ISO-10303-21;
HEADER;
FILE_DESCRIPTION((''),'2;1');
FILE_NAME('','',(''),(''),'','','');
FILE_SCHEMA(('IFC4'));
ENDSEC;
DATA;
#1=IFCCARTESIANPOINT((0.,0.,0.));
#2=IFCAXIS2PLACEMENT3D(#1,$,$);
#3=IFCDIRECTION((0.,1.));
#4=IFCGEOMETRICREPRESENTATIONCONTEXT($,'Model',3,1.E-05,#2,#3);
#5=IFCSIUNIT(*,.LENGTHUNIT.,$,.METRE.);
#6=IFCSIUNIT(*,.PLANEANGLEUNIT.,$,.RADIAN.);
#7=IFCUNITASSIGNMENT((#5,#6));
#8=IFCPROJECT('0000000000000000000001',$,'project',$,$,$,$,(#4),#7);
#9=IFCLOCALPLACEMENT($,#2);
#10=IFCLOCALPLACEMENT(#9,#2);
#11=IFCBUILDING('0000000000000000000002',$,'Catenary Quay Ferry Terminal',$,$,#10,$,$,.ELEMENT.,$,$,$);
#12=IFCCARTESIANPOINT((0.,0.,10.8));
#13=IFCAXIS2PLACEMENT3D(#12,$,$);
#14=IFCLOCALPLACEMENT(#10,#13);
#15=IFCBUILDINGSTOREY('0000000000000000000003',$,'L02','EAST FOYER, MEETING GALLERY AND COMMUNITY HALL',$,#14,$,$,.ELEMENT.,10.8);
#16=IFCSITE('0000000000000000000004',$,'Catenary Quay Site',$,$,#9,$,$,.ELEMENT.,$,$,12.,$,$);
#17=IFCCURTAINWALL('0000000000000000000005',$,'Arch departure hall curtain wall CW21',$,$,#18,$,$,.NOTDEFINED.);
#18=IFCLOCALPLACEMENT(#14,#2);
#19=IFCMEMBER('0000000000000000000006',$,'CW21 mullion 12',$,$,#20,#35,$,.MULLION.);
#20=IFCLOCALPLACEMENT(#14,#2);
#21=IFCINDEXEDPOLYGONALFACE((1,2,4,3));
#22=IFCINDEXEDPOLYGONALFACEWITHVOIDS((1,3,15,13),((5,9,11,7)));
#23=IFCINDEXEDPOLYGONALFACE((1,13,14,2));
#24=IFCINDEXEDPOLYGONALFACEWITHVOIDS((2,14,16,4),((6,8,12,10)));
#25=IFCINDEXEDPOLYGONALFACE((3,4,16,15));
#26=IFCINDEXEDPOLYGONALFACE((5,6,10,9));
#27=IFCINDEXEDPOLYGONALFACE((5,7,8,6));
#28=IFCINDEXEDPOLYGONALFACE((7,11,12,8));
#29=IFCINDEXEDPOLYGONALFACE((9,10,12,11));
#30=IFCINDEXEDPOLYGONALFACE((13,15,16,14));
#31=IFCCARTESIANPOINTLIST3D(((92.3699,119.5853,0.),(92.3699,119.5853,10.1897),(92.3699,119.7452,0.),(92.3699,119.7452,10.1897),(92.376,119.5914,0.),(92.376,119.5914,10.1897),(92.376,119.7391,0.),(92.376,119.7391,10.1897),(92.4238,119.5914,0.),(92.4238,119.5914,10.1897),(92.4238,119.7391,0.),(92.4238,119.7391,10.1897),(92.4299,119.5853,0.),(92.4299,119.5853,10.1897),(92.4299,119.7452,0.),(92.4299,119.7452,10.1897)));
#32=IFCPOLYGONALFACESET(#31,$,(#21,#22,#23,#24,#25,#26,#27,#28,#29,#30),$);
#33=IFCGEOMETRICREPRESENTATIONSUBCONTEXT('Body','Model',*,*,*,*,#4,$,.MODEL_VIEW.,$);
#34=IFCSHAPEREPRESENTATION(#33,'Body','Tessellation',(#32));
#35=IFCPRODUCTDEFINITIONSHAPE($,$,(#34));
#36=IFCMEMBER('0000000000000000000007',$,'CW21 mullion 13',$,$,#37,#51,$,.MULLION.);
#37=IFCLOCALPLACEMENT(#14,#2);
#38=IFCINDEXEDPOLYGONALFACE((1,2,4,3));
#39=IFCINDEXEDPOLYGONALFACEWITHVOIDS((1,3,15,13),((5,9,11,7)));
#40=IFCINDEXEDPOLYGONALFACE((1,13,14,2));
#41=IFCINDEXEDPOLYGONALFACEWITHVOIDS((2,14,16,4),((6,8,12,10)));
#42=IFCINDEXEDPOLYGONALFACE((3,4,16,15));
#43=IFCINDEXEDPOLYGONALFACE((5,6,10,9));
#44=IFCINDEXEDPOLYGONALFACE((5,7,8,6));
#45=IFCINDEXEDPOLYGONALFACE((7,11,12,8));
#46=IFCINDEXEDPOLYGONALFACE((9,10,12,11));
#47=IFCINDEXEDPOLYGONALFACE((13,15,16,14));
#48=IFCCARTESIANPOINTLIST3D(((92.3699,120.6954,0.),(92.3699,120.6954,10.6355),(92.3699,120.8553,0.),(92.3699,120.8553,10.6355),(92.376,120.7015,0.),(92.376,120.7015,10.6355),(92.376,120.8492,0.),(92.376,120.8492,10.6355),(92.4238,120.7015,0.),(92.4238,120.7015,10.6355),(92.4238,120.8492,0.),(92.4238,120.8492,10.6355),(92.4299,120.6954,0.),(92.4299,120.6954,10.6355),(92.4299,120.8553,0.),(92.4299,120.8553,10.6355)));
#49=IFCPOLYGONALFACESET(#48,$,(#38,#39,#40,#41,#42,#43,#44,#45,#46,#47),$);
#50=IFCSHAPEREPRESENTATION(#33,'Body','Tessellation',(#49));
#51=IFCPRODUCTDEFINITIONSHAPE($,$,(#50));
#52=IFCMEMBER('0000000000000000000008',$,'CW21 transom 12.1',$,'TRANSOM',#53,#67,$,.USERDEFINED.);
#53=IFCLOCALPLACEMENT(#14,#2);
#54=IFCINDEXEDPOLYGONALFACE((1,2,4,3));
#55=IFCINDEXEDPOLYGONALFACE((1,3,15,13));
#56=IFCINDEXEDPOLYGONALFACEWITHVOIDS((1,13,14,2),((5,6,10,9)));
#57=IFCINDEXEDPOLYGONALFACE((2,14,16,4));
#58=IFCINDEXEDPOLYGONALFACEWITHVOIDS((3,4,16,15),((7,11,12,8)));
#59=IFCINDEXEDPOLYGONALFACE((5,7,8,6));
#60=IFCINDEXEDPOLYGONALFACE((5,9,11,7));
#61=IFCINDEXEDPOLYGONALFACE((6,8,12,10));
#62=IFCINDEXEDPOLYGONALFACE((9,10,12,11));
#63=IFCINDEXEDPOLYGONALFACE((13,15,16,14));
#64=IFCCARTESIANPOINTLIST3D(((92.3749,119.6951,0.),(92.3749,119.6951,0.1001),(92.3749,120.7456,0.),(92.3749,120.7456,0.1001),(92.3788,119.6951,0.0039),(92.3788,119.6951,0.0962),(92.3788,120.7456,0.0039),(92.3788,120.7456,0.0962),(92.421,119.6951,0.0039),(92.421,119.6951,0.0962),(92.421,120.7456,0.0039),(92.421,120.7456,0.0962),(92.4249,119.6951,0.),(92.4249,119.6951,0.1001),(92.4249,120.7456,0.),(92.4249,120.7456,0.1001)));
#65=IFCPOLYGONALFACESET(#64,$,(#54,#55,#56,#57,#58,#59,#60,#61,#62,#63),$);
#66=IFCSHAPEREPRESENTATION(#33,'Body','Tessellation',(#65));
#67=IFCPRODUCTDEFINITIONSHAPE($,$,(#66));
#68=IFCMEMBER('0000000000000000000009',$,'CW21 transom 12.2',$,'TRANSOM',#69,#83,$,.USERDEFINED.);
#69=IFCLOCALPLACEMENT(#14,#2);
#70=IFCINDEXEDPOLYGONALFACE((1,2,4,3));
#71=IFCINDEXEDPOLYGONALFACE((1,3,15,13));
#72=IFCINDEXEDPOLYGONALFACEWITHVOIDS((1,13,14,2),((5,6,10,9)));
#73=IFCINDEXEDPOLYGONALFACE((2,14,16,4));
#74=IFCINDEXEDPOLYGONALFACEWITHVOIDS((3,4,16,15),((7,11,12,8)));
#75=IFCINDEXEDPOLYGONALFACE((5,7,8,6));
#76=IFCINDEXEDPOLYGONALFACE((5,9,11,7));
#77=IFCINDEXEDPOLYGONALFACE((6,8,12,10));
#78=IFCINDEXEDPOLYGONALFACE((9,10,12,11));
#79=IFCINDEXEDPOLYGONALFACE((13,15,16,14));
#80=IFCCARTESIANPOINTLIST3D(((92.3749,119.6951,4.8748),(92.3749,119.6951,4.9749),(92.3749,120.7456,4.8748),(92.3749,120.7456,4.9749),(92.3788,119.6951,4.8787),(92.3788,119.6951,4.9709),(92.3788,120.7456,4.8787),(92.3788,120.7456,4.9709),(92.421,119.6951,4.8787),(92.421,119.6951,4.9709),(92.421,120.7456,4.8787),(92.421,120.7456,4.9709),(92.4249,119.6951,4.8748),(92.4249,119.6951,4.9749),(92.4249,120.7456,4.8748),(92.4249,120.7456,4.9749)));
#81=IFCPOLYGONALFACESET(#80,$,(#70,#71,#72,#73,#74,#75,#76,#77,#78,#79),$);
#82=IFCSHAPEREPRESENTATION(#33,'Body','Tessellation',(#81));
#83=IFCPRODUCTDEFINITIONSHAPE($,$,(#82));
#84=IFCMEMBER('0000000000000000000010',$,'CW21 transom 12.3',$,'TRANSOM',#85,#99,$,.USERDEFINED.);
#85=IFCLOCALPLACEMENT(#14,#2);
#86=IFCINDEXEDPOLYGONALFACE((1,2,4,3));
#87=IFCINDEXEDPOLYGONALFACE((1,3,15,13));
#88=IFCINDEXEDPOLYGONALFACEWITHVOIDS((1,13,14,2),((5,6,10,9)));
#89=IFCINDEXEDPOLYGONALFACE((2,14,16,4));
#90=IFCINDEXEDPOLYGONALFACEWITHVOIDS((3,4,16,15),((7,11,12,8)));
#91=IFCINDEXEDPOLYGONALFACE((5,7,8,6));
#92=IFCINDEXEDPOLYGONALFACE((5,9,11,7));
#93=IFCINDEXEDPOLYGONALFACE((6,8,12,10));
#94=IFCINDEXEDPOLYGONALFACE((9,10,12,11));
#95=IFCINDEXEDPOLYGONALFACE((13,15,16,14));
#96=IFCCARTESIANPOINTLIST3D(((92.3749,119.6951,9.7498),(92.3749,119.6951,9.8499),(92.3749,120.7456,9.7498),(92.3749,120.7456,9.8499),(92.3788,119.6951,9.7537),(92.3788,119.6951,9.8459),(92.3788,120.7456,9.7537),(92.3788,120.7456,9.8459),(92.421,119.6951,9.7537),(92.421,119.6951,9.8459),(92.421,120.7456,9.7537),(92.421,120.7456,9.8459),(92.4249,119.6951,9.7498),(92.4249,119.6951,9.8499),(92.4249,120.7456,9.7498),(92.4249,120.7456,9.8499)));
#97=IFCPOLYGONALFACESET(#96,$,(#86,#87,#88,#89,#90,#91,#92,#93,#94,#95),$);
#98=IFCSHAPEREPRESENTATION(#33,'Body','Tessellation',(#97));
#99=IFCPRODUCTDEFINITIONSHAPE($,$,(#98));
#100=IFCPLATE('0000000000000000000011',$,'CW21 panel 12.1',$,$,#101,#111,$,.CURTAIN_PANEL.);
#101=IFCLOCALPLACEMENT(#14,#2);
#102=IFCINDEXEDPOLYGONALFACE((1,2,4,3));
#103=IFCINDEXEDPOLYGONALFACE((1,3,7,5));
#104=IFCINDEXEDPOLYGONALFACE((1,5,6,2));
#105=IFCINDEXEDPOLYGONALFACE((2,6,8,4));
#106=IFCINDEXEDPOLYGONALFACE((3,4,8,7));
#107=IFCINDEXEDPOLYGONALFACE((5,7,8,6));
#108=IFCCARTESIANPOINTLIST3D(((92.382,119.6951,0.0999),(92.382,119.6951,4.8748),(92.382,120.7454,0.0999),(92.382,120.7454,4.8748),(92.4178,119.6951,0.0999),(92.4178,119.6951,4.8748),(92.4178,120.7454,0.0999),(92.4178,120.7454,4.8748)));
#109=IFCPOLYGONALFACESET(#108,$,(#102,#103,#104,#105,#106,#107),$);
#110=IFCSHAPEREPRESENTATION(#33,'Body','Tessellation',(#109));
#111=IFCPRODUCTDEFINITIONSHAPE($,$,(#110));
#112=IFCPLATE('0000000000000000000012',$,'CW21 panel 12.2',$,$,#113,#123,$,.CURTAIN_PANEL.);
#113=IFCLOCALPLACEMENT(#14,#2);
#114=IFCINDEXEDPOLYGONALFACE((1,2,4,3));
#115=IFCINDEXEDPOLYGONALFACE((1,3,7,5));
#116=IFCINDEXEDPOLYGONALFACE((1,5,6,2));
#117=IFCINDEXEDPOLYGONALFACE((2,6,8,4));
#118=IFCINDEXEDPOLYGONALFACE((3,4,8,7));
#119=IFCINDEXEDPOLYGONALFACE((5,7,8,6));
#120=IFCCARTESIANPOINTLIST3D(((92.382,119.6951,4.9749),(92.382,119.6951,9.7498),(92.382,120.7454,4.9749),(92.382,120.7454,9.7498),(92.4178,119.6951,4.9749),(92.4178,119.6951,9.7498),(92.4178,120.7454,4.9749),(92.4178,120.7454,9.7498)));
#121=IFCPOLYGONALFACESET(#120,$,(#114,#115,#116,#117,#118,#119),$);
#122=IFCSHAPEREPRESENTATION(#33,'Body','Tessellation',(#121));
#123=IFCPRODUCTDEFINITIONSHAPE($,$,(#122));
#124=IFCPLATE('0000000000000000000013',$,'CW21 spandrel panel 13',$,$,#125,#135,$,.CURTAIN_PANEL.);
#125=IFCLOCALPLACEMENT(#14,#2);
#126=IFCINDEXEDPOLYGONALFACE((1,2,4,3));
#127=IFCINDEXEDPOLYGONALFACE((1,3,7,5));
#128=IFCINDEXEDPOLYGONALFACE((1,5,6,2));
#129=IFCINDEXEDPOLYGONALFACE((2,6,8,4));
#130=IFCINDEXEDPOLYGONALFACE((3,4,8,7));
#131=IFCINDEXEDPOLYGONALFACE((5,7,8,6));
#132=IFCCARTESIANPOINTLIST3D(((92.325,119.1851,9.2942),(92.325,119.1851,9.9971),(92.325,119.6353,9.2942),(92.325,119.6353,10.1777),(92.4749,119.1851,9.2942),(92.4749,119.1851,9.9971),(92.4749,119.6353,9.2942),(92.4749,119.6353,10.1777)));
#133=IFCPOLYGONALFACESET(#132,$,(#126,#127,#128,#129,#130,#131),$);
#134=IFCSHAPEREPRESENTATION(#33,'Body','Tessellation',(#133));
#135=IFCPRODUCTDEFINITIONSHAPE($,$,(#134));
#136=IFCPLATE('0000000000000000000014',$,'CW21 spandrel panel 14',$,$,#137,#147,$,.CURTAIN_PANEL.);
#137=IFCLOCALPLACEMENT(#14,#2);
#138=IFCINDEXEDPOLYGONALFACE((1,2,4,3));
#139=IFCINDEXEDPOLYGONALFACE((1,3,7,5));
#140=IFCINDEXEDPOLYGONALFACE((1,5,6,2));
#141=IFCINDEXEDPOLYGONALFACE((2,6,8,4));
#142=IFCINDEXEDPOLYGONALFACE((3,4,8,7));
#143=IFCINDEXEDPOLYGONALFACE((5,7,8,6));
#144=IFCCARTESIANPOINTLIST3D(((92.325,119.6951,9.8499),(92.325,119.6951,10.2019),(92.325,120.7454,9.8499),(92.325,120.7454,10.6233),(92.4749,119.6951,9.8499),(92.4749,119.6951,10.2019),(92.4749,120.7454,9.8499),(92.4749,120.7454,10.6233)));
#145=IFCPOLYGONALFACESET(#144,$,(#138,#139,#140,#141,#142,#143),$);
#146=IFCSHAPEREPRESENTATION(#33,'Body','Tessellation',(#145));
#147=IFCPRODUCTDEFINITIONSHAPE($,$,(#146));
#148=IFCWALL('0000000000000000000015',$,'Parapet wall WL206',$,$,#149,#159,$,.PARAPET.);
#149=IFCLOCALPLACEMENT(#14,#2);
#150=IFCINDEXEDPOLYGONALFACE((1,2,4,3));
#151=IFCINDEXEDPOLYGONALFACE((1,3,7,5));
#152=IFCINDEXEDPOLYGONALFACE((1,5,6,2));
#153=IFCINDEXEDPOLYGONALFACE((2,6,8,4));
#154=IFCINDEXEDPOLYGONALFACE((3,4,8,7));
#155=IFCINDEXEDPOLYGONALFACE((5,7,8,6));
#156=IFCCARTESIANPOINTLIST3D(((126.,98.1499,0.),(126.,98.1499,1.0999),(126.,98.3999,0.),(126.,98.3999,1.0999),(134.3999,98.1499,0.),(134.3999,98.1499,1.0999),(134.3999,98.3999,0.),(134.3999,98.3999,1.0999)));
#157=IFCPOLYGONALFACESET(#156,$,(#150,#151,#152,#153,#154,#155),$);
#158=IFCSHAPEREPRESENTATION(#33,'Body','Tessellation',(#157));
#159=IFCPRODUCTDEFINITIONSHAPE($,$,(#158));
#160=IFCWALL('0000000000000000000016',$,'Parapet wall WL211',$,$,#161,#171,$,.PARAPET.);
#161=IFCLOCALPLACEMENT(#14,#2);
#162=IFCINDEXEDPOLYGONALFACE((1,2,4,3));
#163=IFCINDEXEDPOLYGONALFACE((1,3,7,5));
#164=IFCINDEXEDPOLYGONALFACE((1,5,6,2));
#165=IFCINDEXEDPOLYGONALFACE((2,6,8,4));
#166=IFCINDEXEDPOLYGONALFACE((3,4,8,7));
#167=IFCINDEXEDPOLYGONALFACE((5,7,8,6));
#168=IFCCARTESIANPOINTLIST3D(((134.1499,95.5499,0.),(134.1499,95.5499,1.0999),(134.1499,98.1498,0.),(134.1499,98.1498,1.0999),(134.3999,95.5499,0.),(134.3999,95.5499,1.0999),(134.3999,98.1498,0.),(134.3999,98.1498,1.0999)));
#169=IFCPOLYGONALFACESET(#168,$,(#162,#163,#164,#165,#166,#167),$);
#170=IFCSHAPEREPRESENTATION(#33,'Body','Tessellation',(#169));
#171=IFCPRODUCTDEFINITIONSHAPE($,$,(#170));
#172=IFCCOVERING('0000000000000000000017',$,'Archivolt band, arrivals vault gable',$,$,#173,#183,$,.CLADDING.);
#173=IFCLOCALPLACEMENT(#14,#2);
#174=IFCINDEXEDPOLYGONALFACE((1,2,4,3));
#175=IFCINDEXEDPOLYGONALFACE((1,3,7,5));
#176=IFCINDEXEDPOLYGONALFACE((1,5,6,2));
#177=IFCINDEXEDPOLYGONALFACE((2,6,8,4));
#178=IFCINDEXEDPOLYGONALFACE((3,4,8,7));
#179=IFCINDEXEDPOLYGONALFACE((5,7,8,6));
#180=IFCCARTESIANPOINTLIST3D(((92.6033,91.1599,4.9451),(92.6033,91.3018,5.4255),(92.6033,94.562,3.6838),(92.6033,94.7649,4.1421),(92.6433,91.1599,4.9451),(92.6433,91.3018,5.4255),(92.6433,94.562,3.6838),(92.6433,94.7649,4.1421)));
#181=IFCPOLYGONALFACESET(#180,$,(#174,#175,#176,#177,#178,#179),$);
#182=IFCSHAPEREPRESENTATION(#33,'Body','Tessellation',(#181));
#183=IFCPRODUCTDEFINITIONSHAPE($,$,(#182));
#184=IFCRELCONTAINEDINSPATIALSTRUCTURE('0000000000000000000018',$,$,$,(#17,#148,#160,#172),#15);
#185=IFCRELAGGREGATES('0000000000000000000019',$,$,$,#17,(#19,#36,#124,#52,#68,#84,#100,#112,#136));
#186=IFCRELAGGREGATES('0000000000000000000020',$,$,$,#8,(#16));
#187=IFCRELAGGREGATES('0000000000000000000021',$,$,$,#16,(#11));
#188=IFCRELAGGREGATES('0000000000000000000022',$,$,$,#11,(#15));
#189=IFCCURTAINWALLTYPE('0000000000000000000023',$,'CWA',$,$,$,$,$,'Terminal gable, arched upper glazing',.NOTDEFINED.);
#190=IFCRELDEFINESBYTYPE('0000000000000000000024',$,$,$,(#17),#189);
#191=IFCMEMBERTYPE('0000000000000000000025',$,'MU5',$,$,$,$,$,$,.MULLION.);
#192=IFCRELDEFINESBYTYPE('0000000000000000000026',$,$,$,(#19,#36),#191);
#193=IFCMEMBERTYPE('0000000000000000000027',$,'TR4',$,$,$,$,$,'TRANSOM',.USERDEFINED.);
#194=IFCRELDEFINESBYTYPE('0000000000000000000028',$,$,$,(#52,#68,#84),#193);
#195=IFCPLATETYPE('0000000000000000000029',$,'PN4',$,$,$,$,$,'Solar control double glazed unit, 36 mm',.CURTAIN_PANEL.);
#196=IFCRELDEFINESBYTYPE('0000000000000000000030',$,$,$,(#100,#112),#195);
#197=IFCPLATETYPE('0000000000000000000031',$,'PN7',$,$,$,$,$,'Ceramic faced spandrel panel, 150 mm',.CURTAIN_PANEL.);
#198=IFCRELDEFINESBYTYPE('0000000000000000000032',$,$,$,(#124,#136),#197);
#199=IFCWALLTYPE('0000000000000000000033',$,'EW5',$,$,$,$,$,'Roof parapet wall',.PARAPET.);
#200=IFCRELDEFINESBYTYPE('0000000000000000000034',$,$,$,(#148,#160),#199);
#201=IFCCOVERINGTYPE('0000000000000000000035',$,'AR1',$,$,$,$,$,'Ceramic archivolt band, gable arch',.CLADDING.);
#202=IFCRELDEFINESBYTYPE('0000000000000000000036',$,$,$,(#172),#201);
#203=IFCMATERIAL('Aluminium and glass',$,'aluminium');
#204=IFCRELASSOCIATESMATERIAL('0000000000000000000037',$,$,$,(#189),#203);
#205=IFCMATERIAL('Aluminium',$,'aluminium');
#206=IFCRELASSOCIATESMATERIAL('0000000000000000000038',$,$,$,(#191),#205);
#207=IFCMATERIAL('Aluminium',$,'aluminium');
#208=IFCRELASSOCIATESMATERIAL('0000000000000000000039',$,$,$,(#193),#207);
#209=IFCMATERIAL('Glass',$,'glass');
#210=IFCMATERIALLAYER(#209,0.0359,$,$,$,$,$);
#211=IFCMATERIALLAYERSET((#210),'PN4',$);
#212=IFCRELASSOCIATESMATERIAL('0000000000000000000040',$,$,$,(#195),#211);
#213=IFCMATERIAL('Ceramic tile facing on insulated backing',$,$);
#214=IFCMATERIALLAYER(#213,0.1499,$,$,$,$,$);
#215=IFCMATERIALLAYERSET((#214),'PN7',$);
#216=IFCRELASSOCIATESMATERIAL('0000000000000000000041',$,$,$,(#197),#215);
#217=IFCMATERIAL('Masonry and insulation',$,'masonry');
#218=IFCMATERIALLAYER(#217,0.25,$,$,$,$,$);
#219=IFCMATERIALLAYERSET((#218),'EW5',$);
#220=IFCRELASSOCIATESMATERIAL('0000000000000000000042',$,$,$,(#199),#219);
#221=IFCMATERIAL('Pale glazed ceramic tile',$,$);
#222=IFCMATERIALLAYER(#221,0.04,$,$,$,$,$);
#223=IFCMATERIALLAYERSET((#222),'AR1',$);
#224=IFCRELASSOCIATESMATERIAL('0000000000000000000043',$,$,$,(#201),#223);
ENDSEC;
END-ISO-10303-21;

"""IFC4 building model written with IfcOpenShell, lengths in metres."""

from ifc_helpers import new_model, si_unit, direction, frame, frame_2d, origin, origin_2d, place, context, subcontext, project, spatial, polyline, rectangle, hollow_rectangle, outline, extrude, material, layer, layer_set, material_profile, profile_set, type_object, element, aggregate, save


model = new_model("IFC4")

# Units and contexts
model_context = context("Model", 3, precision=1e-05, world=origin(), true_north=direction((0.0, 1.0)))
body_context = subcontext(model_context, "Body", "Model", "MODEL_VIEW")
ifc_project = project(units=[si_unit("LENGTHUNIT", "METRE"), si_unit("PLANEANGLEUNIT", "RADIAN")], contexts=[model_context])

# Site, building, storey
site_placement = place(None, origin())
site = spatial("IfcSite", under=ifc_project, at=site_placement, Name="Catenary Quay Site", CompositionType="ELEMENT", RefElevation=12.0)
building_placement = place(site_placement, origin())
building = spatial("IfcBuilding", under=site, at=building_placement, Name="Catenary Quay Ferry Terminal", CompositionType="ELEMENT")
storey_placement = place(building_placement, frame((0.0, 0.0, 10.8)))
storey = spatial("IfcBuildingStorey", under=building, at=storey_placement, Name="L02", Description="EAST FOYER, MEETING GALLERY AND COMMUNITY HALL", CompositionType="ELEMENT", Elevation=10.8)

# Curtain wall, members, plates
ifc_material_1 = material(Name="Aluminium and glass", Category="aluminium")
curtain_wall_type = type_object("IfcCurtainWallType", Name="CWA", ElementType="Terminal gable, arched upper glazing", PredefinedType="NOTDEFINED", material=ifc_material_1)
curtain_wall_placement = place(storey_placement, origin())
curtain_wall = element("IfcCurtainWall", 1, at=curtain_wall_placement, inside=storey, type_object=curtain_wall_type, Name="Arch departure hall curtain wall CW21", PredefinedType="NOTDEFINED")
ifc_material_2 = material(Name="Aluminium", Category="aluminium")
ifc_material_profile_1 = material_profile(ifc_material_2, hollow_rectangle(XDim=0.0601, YDim=0.1599, WallThickness=0.0061, at=origin_2d()), Name="MU5")
ifc_profile_set_1 = profile_set([ifc_material_profile_1], Name="Aluminium")
member_type_1 = type_object("IfcMemberType", Name="MU5", PredefinedType="MULLION", material=ifc_profile_set_1)
member_1_placement = place(storey_placement, frame((92.3999, 119.6653, 0.0), z_axis=(0.0, 0.0, 1.0), x_axis=(-1.0, 0.0, 0.0)))
member_1 = element("IfcMember", 2, at=member_1_placement, type_object=member_type_1, Name="CW21 mullion 12", PredefinedType="MULLION", context=body_context, shape_type="SweptSolid", body=[
    extrude(hollow_rectangle(XDim=0.0601, YDim=0.1599, WallThickness=0.0061, at=origin_2d()), origin(), (0.0, 0.0, 1.0), 10.1897),
])
member_2_placement = place(storey_placement, frame((92.3999, 120.7754, 0.0), z_axis=(0.0, 0.0, 1.0), x_axis=(-1.0, 0.0, 0.0)))
member_2 = element("IfcMember", 3, at=member_2_placement, type_object=member_type_1, Name="CW21 mullion 13", PredefinedType="MULLION", context=body_context, shape_type="SweptSolid", body=[
    extrude(hollow_rectangle(XDim=0.0601, YDim=0.1599, WallThickness=0.0061, at=origin_2d()), origin(), (0.0, 0.0, 1.0), 10.6355),
])
ifc_material_3 = material(Name="Aluminium", Category="aluminium")
ifc_material_profile_2 = material_profile(ifc_material_3, hollow_rectangle(XDim=0.05, YDim=0.1001, WallThickness=0.0039, at=origin_2d()), Name="TR4")
ifc_profile_set_2 = profile_set([ifc_material_profile_2], Name="Aluminium")
member_type_2 = type_object("IfcMemberType", Name="TR4", ElementType="TRANSOM", PredefinedType="USERDEFINED", material=ifc_profile_set_2)
member_3_placement = place(storey_placement, frame((92.3999, 119.6951, 0.05), z_axis=(0.0, 1.0, 0.0), x_axis=(-1.0, 0.0, 0.0)))
member_3 = element("IfcMember", 4, at=member_3_placement, type_object=member_type_2, Name="CW21 transom 12.1", ObjectType="TRANSOM", PredefinedType="USERDEFINED", context=body_context, shape_type="SweptSolid", body=[
    extrude(hollow_rectangle(XDim=0.05, YDim=0.1001, WallThickness=0.0039, at=origin_2d()), origin(), (0.0, 0.0, 1.0), 1.0505),
])
member_4_placement = place(storey_placement, frame((92.3999, 119.6951, 4.9248), z_axis=(0.0, 1.0, 0.0), x_axis=(-1.0, 0.0, 0.0)))
member_4 = element("IfcMember", 5, at=member_4_placement, type_object=member_type_2, Name="CW21 transom 12.2", ObjectType="TRANSOM", PredefinedType="USERDEFINED", context=body_context, shape_type="SweptSolid", body=[
    extrude(hollow_rectangle(XDim=0.05, YDim=0.1001, WallThickness=0.0039, at=origin_2d()), origin(), (0.0, 0.0, 1.0), 1.0505),
])
member_5_placement = place(storey_placement, frame((92.3999, 119.6951, 9.7998), z_axis=(0.0, 1.0, 0.0), x_axis=(-1.0, 0.0, 0.0)))
member_5 = element("IfcMember", 6, at=member_5_placement, type_object=member_type_2, Name="CW21 transom 12.3", ObjectType="TRANSOM", PredefinedType="USERDEFINED", context=body_context, shape_type="SweptSolid", body=[
    extrude(hollow_rectangle(XDim=0.05, YDim=0.1001, WallThickness=0.0039, at=origin_2d()), origin(), (0.0, 0.0, 1.0), 1.0505),
])
ifc_material_4 = material(Name="Glass", Category="glass")
ifc_layer_1 = layer(ifc_material_4, 0.0359)
ifc_layer_set_1 = layer_set([ifc_layer_1], Name="PN4")
plate_type_1 = type_object("IfcPlateType", Name="PN4", ElementType="Solar control double glazed unit, 36 mm", PredefinedType="CURTAIN_PANEL", material=ifc_layer_set_1)
plate_1_placement = place(storey_placement, frame((92.3999, 120.2202, 0.0999), z_axis=(0.0, 0.0, 1.0), x_axis=(0.0, 1.0, 0.0)))
plate_1 = element("IfcPlate", 7, at=plate_1_placement, type_object=plate_type_1, Name="CW21 panel 12.1", PredefinedType="CURTAIN_PANEL", context=body_context, shape_type="SweptSolid", body=[
    extrude(rectangle(XDim=1.0503, YDim=0.0359, at=origin_2d()), origin(), (0.0, 0.0, 1.0), 4.7749),
])
plate_2_placement = place(storey_placement, frame((92.3999, 120.2202, 4.9749), z_axis=(0.0, 0.0, 1.0), x_axis=(0.0, 1.0, 0.0)))
plate_2 = element("IfcPlate", 8, at=plate_2_placement, type_object=plate_type_1, Name="CW21 panel 12.2", PredefinedType="CURTAIN_PANEL", context=body_context, shape_type="SweptSolid", body=[
    extrude(rectangle(XDim=1.0503, YDim=0.0359, at=origin_2d()), origin(), (0.0, 0.0, 1.0), 4.7749),
])
ifc_material_5 = material(Name="Ceramic tile facing on insulated backing")
ifc_layer_2 = layer(ifc_material_5, 0.1499)
ifc_layer_set_2 = layer_set([ifc_layer_2], Name="PN7")
plate_type_2 = type_object("IfcPlateType", Name="PN7", ElementType="Ceramic faced spandrel panel, 150 mm", PredefinedType="CURTAIN_PANEL", material=ifc_layer_set_2)
plate_3_placement = place(storey_placement, frame((92.3999, 119.1851, 9.2942), z_axis=(0.0, 0.0, 1.0), x_axis=(0.0, 1.0, 0.0)))
plate_3 = element("IfcPlate", 9, at=plate_3_placement, type_object=plate_type_2, Name="CW21 spandrel panel 13", PredefinedType="CURTAIN_PANEL", context=body_context, shape_type="SweptSolid", body=[
    extrude(outline(polyline([(0.0, 0.0), (0.4502, 0.0), (0.4502, 0.8835), (0.0, 0.7029), (0.0, 0.0)])), frame((0.0, 0.075, 0.0), z_axis=(0.0, -1.0, 0.0), x_axis=(1.0, 0.0, 0.0)), (0.0, 0.0, 1.0), 0.1499),
])
plate_4_placement = place(storey_placement, frame((92.3999, 119.6951, 9.8499), z_axis=(0.0, 0.0, 1.0), x_axis=(0.0, 1.0, 0.0)))
plate_4 = element("IfcPlate", 10, at=plate_4_placement, type_object=plate_type_2, Name="CW21 spandrel panel 14", PredefinedType="CURTAIN_PANEL", context=body_context, shape_type="SweptSolid", body=[
    extrude(outline(polyline([(0.0, 0.0), (1.0503, 0.0), (1.0503, 0.7734), (0.0, 0.3521), (0.0, 0.0)])), frame((0.0, 0.075, 0.0), z_axis=(0.0, -1.0, 0.0), x_axis=(1.0, 0.0, 0.0)), (0.0, 0.0, 1.0), 0.1499),
])
aggregate(curtain_wall, [member_1, member_2, plate_3, member_3, member_4, member_5, plate_1, plate_2, plate_4])

# Walls
ifc_material_6 = material(Name="Masonry and insulation", Category="masonry")
ifc_layer_3 = layer(ifc_material_6, 0.25)
ifc_layer_set_3 = layer_set([ifc_layer_3], Name="EW5")
wall_type = type_object("IfcWallType", Name="EW5", ElementType="Roof parapet wall", PredefinedType="PARAPET", material=ifc_layer_set_3)
wall_1_placement = place(storey_placement, frame((126.0, 98.2749, 0.0), z_axis=(0.0, 0.0, 1.0), x_axis=(1.0, 0.0, 0.0)))
element("IfcWall", 11, at=wall_1_placement, inside=storey, type_object=wall_type, Name="Parapet wall WL206", PredefinedType="PARAPET", context=body_context, shape_type="SweptSolid", body=[
    extrude(rectangle(XDim=8.3999, YDim=0.25, at=frame_2d((4.2, 0.0))), origin(), (0.0, 0.0, 1.0), 1.0999),
])
wall_2_placement = place(storey_placement, frame((134.2749, 95.55, 0.0), z_axis=(0.0, 0.0, 1.0), x_axis=(0.0, 1.0, 0.0)))
element("IfcWall", 12, at=wall_2_placement, inside=storey, type_object=wall_type, Name="Parapet wall WL211", PredefinedType="PARAPET", context=body_context, shape_type="SweptSolid", body=[
    extrude(rectangle(XDim=2.5999, YDim=0.25, at=frame_2d((1.2998, 0.0))), origin(), (0.0, 0.0, 1.0), 1.0999),
])

# Covering
ifc_material_7 = material(Name="Pale glazed ceramic tile")
ifc_layer_4 = layer(ifc_material_7, 0.04)
ifc_layer_set_4 = layer_set([ifc_layer_4], Name="AR1")
covering_type_1 = type_object("IfcCoveringType", Name="AR1", ElementType="Ceramic archivolt band, gable arch", PredefinedType="CLADDING", material=ifc_layer_set_4)
covering_1_placement = place(storey_placement, frame((92.6033, 91.3018, 5.4255), z_axis=(-1.0, 0.0, 0.0), x_axis=(0.0, 0.937678, -0.347506)))
element("IfcCovering", 13, at=covering_1_placement, inside=storey, type_object=covering_type_1, Name="Archivolt band, arrivals vault gable", PredefinedType="CLADDING", context=body_context, shape_type="SweptSolid", body=[
    extrude(outline(polyline([(0.0, 0.0), (3.6933, 0.0), (3.6623, 0.5002), (0.034, 0.4998), (0.0, 0.0)])), origin(), (0.0, 0.0, -1.0), 0.04),
])

save(model, "model.ifc")
